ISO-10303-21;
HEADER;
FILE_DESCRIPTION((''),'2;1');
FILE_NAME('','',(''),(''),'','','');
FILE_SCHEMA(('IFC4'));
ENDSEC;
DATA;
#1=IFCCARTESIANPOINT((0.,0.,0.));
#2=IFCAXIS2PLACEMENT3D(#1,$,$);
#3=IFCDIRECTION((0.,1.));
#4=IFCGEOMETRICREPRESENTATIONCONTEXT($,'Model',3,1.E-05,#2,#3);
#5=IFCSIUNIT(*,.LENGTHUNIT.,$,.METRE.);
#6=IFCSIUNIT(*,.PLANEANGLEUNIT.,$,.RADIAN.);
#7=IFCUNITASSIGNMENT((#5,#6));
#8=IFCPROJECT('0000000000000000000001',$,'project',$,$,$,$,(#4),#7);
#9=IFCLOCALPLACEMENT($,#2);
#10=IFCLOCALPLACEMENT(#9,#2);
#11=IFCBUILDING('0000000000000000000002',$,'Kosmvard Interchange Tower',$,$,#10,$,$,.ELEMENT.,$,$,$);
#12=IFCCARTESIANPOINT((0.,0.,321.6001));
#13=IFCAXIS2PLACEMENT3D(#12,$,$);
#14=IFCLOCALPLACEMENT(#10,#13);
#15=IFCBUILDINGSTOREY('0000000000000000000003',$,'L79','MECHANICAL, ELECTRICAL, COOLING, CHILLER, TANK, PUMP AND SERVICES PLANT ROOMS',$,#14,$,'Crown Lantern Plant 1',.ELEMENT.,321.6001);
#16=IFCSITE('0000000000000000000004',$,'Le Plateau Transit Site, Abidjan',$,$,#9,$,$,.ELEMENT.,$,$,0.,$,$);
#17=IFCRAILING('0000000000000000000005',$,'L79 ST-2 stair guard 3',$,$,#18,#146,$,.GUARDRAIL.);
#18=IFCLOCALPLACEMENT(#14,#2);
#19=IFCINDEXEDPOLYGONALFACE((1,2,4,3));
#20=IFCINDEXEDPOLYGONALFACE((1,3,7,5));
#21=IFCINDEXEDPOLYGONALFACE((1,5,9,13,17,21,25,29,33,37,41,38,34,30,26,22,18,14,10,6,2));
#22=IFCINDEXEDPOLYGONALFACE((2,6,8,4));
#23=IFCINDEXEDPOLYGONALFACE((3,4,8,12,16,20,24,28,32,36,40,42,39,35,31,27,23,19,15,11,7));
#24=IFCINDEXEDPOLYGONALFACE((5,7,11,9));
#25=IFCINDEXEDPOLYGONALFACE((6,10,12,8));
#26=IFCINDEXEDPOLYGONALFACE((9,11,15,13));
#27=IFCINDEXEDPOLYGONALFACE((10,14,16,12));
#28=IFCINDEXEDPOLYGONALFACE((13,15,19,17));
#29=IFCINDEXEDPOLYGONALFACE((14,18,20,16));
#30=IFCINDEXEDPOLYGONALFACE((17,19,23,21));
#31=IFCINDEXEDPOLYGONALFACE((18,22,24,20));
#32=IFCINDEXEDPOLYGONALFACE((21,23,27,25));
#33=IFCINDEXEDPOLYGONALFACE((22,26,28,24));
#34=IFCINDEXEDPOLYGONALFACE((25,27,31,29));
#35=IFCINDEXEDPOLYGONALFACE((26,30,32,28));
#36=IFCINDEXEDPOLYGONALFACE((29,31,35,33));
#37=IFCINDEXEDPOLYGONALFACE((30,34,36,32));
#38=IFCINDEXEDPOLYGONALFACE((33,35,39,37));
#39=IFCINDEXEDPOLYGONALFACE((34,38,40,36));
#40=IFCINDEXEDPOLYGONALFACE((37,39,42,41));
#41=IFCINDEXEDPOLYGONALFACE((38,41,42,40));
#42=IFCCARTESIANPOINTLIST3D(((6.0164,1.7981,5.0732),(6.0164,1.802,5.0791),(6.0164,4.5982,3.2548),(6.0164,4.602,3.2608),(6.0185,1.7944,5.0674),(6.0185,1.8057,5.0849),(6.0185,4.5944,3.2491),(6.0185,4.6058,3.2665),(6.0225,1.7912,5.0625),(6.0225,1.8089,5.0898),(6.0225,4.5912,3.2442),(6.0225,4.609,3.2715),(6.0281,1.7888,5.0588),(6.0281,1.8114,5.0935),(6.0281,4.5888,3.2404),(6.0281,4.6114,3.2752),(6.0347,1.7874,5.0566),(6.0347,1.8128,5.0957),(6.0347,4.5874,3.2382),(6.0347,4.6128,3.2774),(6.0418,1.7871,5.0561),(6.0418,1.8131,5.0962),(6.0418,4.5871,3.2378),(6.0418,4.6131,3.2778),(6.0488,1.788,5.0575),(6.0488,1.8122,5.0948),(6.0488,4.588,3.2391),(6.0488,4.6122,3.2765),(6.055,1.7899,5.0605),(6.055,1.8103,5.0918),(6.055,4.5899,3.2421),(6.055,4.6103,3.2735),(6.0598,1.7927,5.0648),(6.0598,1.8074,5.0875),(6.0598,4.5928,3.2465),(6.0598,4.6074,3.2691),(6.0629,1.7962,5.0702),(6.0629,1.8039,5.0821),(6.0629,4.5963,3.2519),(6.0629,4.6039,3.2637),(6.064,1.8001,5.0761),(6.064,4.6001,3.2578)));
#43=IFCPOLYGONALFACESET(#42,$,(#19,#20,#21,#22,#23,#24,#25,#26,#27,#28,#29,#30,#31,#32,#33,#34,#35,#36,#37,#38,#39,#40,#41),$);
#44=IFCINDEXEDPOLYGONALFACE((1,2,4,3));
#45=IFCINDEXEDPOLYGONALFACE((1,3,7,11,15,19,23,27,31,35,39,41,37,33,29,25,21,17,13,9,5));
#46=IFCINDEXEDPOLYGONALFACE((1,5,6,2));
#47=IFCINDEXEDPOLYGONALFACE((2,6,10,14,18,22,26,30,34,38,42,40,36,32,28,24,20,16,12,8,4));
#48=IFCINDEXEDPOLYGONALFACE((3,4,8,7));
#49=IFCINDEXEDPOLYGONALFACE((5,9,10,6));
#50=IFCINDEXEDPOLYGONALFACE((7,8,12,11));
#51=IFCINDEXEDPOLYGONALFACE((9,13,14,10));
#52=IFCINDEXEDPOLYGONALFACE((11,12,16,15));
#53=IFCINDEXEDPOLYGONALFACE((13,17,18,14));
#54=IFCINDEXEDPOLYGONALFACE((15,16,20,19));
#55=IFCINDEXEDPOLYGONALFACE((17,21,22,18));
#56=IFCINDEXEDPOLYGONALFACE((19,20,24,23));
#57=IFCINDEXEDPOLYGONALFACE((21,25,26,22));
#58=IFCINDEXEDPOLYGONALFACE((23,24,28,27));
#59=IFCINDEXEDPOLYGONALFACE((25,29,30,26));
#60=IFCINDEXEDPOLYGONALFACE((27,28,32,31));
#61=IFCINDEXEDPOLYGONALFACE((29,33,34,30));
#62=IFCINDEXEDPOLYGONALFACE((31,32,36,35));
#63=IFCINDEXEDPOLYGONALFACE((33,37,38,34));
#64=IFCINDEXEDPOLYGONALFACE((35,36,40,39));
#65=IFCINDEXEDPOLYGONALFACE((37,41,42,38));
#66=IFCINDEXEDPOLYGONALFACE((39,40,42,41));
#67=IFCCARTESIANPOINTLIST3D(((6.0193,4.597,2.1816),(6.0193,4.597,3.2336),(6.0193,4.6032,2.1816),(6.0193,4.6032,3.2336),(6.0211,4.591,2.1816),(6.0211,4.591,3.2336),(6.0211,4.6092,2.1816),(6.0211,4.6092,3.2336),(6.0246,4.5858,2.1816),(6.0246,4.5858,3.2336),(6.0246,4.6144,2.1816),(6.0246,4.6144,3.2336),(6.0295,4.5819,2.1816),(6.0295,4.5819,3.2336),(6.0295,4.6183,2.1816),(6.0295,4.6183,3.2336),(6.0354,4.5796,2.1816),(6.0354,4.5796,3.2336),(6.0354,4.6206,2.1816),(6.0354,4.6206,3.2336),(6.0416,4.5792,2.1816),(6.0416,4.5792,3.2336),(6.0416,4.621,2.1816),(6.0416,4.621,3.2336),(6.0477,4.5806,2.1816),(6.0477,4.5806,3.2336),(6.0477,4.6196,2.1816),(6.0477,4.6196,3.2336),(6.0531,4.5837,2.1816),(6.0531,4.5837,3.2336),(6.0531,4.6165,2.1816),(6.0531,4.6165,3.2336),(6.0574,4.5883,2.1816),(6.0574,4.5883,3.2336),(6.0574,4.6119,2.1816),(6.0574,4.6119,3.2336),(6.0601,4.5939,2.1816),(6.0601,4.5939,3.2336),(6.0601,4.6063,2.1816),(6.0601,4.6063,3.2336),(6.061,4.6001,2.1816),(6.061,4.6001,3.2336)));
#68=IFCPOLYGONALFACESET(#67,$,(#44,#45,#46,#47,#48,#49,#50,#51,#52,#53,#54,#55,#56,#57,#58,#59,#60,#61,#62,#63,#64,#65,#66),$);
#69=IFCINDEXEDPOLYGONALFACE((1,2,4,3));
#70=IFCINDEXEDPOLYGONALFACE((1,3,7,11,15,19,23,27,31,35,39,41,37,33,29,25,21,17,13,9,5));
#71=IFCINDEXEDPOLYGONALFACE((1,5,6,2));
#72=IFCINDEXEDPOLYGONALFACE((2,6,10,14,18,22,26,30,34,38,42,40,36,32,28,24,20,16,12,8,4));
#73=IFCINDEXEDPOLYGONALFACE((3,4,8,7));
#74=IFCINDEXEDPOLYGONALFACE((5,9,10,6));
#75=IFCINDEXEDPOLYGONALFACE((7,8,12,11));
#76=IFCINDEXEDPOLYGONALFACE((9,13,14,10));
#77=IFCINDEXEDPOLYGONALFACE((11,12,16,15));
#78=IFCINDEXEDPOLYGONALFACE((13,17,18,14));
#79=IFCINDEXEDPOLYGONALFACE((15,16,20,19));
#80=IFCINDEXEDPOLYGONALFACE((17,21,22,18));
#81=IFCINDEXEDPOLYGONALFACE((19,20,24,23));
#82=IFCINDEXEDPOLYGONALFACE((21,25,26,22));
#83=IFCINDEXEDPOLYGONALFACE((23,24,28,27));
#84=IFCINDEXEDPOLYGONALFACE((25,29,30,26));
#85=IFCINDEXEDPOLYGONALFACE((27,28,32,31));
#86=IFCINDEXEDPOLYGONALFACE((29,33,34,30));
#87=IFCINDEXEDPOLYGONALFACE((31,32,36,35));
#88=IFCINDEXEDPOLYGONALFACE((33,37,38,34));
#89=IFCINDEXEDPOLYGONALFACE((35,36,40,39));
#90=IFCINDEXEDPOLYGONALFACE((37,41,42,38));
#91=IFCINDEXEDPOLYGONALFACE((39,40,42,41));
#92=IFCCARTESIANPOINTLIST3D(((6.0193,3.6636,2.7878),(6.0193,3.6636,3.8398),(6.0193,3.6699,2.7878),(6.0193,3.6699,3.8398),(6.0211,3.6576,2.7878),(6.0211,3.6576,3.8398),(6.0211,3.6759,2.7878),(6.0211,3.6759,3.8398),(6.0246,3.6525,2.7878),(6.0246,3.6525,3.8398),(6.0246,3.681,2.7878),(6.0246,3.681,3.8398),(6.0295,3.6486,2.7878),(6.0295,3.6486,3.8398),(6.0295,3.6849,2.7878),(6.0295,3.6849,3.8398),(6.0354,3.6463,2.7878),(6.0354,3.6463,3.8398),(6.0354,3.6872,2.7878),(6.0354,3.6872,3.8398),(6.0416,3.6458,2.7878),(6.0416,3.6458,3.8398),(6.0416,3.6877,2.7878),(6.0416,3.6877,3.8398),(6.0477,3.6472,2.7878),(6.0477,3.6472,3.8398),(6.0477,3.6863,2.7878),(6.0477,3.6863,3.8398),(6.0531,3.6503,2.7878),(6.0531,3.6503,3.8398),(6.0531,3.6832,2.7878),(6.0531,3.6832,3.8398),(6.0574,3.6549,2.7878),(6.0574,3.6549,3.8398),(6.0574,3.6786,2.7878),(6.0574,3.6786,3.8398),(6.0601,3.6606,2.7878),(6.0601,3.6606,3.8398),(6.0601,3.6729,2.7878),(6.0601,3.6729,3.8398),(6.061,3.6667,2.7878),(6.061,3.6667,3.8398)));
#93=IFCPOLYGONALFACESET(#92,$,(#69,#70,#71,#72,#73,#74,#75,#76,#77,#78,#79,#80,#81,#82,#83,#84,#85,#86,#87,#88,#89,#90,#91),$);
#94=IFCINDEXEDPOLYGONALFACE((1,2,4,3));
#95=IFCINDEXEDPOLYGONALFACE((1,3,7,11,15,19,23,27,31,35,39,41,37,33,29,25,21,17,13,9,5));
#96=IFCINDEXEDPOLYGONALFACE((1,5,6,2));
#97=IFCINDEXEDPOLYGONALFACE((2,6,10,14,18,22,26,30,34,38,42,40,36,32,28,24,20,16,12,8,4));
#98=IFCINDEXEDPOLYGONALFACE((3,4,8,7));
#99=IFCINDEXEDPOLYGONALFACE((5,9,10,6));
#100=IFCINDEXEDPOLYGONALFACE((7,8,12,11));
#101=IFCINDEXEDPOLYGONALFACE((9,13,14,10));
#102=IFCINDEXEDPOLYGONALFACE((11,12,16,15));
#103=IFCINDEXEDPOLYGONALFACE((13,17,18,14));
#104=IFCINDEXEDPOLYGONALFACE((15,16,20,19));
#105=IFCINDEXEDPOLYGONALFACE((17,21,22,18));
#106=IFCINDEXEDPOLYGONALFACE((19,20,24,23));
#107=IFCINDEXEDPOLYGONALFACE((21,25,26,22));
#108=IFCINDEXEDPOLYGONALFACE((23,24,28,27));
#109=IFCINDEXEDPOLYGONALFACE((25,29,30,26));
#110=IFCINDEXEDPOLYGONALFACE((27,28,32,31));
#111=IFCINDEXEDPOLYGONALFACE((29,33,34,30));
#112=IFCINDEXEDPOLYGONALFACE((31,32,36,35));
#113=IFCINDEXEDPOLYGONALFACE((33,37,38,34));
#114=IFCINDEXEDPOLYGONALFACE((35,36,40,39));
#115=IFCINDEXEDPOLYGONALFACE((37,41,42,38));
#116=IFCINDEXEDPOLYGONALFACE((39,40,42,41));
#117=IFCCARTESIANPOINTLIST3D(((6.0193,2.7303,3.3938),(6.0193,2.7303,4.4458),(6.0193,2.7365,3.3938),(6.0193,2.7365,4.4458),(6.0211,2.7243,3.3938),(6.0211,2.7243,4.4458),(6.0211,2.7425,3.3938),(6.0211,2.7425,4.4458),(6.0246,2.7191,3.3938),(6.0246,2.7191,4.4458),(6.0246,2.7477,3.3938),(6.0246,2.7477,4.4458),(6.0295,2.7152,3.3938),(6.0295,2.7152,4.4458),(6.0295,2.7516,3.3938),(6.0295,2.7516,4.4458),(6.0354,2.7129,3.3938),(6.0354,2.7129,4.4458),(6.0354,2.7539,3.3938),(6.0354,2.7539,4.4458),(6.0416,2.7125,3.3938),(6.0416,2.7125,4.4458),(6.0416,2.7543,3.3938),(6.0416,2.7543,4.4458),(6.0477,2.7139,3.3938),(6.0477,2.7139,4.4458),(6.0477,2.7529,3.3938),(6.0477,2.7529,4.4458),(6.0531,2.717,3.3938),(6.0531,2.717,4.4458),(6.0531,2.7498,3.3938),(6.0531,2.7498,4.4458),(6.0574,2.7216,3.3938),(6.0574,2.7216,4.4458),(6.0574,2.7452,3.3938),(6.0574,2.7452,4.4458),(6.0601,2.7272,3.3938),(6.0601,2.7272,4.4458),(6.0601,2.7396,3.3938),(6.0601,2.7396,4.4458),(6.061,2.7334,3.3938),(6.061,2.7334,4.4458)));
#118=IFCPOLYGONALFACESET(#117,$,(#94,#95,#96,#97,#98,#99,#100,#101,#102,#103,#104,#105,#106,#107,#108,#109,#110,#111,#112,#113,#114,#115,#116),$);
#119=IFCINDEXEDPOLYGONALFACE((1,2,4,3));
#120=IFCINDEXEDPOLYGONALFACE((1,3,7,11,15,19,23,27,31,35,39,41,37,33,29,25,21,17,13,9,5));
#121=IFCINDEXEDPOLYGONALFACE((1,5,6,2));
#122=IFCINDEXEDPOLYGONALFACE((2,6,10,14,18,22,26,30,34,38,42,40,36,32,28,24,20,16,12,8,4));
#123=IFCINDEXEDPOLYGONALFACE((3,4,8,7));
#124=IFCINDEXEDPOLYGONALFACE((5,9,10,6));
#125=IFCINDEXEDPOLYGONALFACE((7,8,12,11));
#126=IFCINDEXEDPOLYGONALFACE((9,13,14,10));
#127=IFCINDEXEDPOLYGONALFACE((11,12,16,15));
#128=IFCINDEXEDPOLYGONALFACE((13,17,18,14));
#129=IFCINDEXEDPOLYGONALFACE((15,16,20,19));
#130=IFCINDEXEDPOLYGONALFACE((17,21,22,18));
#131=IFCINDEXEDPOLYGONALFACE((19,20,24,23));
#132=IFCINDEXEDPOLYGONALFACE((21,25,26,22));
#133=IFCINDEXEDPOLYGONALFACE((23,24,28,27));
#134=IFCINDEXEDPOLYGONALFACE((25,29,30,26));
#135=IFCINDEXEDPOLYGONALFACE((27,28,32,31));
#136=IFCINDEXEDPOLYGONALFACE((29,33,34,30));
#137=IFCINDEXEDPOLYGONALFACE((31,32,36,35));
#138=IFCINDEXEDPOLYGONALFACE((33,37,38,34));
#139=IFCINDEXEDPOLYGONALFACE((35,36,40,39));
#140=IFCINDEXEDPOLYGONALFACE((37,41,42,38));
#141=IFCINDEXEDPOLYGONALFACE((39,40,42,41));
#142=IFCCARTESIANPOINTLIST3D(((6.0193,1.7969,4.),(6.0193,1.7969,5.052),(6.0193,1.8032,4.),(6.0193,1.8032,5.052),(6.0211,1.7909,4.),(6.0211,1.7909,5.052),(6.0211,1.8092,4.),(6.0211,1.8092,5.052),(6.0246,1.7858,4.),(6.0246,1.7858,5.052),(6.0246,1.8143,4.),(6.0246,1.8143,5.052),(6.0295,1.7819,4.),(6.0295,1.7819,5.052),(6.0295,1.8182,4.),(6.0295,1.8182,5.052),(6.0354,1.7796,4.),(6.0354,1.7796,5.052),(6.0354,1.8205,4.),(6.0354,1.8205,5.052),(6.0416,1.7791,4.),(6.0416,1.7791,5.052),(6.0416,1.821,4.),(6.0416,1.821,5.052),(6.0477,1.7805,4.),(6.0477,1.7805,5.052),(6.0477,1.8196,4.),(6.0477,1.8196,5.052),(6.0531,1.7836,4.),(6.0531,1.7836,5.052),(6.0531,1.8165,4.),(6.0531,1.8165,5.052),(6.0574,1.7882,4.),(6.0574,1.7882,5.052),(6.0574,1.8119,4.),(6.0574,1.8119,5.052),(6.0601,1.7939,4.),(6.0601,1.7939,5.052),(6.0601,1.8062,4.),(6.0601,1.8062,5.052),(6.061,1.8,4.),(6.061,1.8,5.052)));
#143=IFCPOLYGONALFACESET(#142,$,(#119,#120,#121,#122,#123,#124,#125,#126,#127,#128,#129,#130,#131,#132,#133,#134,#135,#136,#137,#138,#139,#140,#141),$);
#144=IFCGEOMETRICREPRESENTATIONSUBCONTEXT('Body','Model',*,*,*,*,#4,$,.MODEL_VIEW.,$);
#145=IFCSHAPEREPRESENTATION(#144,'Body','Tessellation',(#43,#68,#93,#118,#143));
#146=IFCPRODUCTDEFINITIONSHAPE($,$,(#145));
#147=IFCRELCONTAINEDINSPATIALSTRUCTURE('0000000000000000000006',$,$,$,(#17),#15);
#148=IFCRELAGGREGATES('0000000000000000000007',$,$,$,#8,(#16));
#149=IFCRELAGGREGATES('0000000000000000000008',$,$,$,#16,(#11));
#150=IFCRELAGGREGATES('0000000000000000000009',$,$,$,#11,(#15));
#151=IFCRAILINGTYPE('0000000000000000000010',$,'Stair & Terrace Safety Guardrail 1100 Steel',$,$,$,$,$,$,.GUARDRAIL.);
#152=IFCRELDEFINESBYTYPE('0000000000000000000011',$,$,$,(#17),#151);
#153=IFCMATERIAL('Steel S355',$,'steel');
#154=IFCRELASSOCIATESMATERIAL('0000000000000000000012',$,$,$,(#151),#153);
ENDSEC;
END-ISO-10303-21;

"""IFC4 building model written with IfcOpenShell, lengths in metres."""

from ifc_helpers import new_model, si_unit, direction, frame, origin, origin_2d, place, context, subcontext, project, spatial, circle, extrude, source, transform, mapped, material, type_object, element, save


model = new_model("IFC4")

# Units and contexts
model_context = context("Model", 3, precision=1e-05, world=origin(), true_north=direction((0.0, 1.0)))
body_context = subcontext(model_context, "Body", "Model", "MODEL_VIEW")
ifc_project = project(units=[si_unit("LENGTHUNIT", "METRE"), si_unit("PLANEANGLEUNIT", "RADIAN")], contexts=[model_context])

# Site, building, storey
site_placement = place(None, origin())
site = spatial("IfcSite", under=ifc_project, at=site_placement, Name="Le Plateau Transit Site, Abidjan", CompositionType="ELEMENT", RefElevation=0.0)
building_placement = place(site_placement, origin())
building = spatial("IfcBuilding", under=site, at=building_placement, Name="Kosmvard Interchange Tower", CompositionType="ELEMENT")
storey_placement = place(building_placement, frame((0.0, 0.0, 321.6001)))
storey = spatial("IfcBuildingStorey", under=building, at=storey_placement, Name="L79", Description="MECHANICAL, ELECTRICAL, COOLING, CHILLER, TANK, PUMP AND SERVICES PLANT ROOMS", LongName="Crown Lantern Plant 1", CompositionType="ELEMENT", Elevation=321.6001)

# Shared definitions
ifc_material_1 = material(Name="Steel S355", Category="steel")

# Railing
railing_type_1 = type_object("IfcRailingType", Name="Stair & Terrace Safety Guardrail 1100 Steel", PredefinedType="GUARDRAIL", material=ifc_material_1)
shared_shape_1 = source(origin(), body_context, "Body", "SweptSolid", [
    extrude(circle(Radius=0.0239, at=origin_2d()), frame((0.0, 0.0, 1.0762), z_axis=(0.0, -0.838672, 0.544636), x_axis=(1.0, 0.0, 0.0)), (0.0, 0.0, 1.0), 3.3386),
    extrude(circle(Radius=0.021, at=origin_2d()), origin(), (0.0, 0.0, 1.0), 1.052),
    extrude(circle(Radius=0.021, at=origin_2d()), frame((0.0, -0.9333, 0.6062)), (0.0, 0.0, 1.0), 1.052),
    extrude(circle(Radius=0.021, at=origin_2d()), frame((0.0, -1.8667, 1.2122)), (0.0, 0.0, 1.0), 1.052),
    extrude(circle(Radius=0.021, at=origin_2d()), frame((0.0, -2.8, 1.8184)), (0.0, 0.0, 1.0), 1.052),
])
railing_1_placement = place(storey_placement, frame((6.04, 4.6001, 2.1816)))
element("IfcRailing", 1, at=railing_1_placement, inside=storey, type_object=railing_type_1, Name="L79 ST-2 stair guard 3", PredefinedType="GUARDRAIL", context=body_context, shape_type="MappedRepresentation", body=[
    mapped(shared_shape_1, transform((0.0, 0.0, 0.0), scale=1.0)),
])

save(model, "model.ifc")
